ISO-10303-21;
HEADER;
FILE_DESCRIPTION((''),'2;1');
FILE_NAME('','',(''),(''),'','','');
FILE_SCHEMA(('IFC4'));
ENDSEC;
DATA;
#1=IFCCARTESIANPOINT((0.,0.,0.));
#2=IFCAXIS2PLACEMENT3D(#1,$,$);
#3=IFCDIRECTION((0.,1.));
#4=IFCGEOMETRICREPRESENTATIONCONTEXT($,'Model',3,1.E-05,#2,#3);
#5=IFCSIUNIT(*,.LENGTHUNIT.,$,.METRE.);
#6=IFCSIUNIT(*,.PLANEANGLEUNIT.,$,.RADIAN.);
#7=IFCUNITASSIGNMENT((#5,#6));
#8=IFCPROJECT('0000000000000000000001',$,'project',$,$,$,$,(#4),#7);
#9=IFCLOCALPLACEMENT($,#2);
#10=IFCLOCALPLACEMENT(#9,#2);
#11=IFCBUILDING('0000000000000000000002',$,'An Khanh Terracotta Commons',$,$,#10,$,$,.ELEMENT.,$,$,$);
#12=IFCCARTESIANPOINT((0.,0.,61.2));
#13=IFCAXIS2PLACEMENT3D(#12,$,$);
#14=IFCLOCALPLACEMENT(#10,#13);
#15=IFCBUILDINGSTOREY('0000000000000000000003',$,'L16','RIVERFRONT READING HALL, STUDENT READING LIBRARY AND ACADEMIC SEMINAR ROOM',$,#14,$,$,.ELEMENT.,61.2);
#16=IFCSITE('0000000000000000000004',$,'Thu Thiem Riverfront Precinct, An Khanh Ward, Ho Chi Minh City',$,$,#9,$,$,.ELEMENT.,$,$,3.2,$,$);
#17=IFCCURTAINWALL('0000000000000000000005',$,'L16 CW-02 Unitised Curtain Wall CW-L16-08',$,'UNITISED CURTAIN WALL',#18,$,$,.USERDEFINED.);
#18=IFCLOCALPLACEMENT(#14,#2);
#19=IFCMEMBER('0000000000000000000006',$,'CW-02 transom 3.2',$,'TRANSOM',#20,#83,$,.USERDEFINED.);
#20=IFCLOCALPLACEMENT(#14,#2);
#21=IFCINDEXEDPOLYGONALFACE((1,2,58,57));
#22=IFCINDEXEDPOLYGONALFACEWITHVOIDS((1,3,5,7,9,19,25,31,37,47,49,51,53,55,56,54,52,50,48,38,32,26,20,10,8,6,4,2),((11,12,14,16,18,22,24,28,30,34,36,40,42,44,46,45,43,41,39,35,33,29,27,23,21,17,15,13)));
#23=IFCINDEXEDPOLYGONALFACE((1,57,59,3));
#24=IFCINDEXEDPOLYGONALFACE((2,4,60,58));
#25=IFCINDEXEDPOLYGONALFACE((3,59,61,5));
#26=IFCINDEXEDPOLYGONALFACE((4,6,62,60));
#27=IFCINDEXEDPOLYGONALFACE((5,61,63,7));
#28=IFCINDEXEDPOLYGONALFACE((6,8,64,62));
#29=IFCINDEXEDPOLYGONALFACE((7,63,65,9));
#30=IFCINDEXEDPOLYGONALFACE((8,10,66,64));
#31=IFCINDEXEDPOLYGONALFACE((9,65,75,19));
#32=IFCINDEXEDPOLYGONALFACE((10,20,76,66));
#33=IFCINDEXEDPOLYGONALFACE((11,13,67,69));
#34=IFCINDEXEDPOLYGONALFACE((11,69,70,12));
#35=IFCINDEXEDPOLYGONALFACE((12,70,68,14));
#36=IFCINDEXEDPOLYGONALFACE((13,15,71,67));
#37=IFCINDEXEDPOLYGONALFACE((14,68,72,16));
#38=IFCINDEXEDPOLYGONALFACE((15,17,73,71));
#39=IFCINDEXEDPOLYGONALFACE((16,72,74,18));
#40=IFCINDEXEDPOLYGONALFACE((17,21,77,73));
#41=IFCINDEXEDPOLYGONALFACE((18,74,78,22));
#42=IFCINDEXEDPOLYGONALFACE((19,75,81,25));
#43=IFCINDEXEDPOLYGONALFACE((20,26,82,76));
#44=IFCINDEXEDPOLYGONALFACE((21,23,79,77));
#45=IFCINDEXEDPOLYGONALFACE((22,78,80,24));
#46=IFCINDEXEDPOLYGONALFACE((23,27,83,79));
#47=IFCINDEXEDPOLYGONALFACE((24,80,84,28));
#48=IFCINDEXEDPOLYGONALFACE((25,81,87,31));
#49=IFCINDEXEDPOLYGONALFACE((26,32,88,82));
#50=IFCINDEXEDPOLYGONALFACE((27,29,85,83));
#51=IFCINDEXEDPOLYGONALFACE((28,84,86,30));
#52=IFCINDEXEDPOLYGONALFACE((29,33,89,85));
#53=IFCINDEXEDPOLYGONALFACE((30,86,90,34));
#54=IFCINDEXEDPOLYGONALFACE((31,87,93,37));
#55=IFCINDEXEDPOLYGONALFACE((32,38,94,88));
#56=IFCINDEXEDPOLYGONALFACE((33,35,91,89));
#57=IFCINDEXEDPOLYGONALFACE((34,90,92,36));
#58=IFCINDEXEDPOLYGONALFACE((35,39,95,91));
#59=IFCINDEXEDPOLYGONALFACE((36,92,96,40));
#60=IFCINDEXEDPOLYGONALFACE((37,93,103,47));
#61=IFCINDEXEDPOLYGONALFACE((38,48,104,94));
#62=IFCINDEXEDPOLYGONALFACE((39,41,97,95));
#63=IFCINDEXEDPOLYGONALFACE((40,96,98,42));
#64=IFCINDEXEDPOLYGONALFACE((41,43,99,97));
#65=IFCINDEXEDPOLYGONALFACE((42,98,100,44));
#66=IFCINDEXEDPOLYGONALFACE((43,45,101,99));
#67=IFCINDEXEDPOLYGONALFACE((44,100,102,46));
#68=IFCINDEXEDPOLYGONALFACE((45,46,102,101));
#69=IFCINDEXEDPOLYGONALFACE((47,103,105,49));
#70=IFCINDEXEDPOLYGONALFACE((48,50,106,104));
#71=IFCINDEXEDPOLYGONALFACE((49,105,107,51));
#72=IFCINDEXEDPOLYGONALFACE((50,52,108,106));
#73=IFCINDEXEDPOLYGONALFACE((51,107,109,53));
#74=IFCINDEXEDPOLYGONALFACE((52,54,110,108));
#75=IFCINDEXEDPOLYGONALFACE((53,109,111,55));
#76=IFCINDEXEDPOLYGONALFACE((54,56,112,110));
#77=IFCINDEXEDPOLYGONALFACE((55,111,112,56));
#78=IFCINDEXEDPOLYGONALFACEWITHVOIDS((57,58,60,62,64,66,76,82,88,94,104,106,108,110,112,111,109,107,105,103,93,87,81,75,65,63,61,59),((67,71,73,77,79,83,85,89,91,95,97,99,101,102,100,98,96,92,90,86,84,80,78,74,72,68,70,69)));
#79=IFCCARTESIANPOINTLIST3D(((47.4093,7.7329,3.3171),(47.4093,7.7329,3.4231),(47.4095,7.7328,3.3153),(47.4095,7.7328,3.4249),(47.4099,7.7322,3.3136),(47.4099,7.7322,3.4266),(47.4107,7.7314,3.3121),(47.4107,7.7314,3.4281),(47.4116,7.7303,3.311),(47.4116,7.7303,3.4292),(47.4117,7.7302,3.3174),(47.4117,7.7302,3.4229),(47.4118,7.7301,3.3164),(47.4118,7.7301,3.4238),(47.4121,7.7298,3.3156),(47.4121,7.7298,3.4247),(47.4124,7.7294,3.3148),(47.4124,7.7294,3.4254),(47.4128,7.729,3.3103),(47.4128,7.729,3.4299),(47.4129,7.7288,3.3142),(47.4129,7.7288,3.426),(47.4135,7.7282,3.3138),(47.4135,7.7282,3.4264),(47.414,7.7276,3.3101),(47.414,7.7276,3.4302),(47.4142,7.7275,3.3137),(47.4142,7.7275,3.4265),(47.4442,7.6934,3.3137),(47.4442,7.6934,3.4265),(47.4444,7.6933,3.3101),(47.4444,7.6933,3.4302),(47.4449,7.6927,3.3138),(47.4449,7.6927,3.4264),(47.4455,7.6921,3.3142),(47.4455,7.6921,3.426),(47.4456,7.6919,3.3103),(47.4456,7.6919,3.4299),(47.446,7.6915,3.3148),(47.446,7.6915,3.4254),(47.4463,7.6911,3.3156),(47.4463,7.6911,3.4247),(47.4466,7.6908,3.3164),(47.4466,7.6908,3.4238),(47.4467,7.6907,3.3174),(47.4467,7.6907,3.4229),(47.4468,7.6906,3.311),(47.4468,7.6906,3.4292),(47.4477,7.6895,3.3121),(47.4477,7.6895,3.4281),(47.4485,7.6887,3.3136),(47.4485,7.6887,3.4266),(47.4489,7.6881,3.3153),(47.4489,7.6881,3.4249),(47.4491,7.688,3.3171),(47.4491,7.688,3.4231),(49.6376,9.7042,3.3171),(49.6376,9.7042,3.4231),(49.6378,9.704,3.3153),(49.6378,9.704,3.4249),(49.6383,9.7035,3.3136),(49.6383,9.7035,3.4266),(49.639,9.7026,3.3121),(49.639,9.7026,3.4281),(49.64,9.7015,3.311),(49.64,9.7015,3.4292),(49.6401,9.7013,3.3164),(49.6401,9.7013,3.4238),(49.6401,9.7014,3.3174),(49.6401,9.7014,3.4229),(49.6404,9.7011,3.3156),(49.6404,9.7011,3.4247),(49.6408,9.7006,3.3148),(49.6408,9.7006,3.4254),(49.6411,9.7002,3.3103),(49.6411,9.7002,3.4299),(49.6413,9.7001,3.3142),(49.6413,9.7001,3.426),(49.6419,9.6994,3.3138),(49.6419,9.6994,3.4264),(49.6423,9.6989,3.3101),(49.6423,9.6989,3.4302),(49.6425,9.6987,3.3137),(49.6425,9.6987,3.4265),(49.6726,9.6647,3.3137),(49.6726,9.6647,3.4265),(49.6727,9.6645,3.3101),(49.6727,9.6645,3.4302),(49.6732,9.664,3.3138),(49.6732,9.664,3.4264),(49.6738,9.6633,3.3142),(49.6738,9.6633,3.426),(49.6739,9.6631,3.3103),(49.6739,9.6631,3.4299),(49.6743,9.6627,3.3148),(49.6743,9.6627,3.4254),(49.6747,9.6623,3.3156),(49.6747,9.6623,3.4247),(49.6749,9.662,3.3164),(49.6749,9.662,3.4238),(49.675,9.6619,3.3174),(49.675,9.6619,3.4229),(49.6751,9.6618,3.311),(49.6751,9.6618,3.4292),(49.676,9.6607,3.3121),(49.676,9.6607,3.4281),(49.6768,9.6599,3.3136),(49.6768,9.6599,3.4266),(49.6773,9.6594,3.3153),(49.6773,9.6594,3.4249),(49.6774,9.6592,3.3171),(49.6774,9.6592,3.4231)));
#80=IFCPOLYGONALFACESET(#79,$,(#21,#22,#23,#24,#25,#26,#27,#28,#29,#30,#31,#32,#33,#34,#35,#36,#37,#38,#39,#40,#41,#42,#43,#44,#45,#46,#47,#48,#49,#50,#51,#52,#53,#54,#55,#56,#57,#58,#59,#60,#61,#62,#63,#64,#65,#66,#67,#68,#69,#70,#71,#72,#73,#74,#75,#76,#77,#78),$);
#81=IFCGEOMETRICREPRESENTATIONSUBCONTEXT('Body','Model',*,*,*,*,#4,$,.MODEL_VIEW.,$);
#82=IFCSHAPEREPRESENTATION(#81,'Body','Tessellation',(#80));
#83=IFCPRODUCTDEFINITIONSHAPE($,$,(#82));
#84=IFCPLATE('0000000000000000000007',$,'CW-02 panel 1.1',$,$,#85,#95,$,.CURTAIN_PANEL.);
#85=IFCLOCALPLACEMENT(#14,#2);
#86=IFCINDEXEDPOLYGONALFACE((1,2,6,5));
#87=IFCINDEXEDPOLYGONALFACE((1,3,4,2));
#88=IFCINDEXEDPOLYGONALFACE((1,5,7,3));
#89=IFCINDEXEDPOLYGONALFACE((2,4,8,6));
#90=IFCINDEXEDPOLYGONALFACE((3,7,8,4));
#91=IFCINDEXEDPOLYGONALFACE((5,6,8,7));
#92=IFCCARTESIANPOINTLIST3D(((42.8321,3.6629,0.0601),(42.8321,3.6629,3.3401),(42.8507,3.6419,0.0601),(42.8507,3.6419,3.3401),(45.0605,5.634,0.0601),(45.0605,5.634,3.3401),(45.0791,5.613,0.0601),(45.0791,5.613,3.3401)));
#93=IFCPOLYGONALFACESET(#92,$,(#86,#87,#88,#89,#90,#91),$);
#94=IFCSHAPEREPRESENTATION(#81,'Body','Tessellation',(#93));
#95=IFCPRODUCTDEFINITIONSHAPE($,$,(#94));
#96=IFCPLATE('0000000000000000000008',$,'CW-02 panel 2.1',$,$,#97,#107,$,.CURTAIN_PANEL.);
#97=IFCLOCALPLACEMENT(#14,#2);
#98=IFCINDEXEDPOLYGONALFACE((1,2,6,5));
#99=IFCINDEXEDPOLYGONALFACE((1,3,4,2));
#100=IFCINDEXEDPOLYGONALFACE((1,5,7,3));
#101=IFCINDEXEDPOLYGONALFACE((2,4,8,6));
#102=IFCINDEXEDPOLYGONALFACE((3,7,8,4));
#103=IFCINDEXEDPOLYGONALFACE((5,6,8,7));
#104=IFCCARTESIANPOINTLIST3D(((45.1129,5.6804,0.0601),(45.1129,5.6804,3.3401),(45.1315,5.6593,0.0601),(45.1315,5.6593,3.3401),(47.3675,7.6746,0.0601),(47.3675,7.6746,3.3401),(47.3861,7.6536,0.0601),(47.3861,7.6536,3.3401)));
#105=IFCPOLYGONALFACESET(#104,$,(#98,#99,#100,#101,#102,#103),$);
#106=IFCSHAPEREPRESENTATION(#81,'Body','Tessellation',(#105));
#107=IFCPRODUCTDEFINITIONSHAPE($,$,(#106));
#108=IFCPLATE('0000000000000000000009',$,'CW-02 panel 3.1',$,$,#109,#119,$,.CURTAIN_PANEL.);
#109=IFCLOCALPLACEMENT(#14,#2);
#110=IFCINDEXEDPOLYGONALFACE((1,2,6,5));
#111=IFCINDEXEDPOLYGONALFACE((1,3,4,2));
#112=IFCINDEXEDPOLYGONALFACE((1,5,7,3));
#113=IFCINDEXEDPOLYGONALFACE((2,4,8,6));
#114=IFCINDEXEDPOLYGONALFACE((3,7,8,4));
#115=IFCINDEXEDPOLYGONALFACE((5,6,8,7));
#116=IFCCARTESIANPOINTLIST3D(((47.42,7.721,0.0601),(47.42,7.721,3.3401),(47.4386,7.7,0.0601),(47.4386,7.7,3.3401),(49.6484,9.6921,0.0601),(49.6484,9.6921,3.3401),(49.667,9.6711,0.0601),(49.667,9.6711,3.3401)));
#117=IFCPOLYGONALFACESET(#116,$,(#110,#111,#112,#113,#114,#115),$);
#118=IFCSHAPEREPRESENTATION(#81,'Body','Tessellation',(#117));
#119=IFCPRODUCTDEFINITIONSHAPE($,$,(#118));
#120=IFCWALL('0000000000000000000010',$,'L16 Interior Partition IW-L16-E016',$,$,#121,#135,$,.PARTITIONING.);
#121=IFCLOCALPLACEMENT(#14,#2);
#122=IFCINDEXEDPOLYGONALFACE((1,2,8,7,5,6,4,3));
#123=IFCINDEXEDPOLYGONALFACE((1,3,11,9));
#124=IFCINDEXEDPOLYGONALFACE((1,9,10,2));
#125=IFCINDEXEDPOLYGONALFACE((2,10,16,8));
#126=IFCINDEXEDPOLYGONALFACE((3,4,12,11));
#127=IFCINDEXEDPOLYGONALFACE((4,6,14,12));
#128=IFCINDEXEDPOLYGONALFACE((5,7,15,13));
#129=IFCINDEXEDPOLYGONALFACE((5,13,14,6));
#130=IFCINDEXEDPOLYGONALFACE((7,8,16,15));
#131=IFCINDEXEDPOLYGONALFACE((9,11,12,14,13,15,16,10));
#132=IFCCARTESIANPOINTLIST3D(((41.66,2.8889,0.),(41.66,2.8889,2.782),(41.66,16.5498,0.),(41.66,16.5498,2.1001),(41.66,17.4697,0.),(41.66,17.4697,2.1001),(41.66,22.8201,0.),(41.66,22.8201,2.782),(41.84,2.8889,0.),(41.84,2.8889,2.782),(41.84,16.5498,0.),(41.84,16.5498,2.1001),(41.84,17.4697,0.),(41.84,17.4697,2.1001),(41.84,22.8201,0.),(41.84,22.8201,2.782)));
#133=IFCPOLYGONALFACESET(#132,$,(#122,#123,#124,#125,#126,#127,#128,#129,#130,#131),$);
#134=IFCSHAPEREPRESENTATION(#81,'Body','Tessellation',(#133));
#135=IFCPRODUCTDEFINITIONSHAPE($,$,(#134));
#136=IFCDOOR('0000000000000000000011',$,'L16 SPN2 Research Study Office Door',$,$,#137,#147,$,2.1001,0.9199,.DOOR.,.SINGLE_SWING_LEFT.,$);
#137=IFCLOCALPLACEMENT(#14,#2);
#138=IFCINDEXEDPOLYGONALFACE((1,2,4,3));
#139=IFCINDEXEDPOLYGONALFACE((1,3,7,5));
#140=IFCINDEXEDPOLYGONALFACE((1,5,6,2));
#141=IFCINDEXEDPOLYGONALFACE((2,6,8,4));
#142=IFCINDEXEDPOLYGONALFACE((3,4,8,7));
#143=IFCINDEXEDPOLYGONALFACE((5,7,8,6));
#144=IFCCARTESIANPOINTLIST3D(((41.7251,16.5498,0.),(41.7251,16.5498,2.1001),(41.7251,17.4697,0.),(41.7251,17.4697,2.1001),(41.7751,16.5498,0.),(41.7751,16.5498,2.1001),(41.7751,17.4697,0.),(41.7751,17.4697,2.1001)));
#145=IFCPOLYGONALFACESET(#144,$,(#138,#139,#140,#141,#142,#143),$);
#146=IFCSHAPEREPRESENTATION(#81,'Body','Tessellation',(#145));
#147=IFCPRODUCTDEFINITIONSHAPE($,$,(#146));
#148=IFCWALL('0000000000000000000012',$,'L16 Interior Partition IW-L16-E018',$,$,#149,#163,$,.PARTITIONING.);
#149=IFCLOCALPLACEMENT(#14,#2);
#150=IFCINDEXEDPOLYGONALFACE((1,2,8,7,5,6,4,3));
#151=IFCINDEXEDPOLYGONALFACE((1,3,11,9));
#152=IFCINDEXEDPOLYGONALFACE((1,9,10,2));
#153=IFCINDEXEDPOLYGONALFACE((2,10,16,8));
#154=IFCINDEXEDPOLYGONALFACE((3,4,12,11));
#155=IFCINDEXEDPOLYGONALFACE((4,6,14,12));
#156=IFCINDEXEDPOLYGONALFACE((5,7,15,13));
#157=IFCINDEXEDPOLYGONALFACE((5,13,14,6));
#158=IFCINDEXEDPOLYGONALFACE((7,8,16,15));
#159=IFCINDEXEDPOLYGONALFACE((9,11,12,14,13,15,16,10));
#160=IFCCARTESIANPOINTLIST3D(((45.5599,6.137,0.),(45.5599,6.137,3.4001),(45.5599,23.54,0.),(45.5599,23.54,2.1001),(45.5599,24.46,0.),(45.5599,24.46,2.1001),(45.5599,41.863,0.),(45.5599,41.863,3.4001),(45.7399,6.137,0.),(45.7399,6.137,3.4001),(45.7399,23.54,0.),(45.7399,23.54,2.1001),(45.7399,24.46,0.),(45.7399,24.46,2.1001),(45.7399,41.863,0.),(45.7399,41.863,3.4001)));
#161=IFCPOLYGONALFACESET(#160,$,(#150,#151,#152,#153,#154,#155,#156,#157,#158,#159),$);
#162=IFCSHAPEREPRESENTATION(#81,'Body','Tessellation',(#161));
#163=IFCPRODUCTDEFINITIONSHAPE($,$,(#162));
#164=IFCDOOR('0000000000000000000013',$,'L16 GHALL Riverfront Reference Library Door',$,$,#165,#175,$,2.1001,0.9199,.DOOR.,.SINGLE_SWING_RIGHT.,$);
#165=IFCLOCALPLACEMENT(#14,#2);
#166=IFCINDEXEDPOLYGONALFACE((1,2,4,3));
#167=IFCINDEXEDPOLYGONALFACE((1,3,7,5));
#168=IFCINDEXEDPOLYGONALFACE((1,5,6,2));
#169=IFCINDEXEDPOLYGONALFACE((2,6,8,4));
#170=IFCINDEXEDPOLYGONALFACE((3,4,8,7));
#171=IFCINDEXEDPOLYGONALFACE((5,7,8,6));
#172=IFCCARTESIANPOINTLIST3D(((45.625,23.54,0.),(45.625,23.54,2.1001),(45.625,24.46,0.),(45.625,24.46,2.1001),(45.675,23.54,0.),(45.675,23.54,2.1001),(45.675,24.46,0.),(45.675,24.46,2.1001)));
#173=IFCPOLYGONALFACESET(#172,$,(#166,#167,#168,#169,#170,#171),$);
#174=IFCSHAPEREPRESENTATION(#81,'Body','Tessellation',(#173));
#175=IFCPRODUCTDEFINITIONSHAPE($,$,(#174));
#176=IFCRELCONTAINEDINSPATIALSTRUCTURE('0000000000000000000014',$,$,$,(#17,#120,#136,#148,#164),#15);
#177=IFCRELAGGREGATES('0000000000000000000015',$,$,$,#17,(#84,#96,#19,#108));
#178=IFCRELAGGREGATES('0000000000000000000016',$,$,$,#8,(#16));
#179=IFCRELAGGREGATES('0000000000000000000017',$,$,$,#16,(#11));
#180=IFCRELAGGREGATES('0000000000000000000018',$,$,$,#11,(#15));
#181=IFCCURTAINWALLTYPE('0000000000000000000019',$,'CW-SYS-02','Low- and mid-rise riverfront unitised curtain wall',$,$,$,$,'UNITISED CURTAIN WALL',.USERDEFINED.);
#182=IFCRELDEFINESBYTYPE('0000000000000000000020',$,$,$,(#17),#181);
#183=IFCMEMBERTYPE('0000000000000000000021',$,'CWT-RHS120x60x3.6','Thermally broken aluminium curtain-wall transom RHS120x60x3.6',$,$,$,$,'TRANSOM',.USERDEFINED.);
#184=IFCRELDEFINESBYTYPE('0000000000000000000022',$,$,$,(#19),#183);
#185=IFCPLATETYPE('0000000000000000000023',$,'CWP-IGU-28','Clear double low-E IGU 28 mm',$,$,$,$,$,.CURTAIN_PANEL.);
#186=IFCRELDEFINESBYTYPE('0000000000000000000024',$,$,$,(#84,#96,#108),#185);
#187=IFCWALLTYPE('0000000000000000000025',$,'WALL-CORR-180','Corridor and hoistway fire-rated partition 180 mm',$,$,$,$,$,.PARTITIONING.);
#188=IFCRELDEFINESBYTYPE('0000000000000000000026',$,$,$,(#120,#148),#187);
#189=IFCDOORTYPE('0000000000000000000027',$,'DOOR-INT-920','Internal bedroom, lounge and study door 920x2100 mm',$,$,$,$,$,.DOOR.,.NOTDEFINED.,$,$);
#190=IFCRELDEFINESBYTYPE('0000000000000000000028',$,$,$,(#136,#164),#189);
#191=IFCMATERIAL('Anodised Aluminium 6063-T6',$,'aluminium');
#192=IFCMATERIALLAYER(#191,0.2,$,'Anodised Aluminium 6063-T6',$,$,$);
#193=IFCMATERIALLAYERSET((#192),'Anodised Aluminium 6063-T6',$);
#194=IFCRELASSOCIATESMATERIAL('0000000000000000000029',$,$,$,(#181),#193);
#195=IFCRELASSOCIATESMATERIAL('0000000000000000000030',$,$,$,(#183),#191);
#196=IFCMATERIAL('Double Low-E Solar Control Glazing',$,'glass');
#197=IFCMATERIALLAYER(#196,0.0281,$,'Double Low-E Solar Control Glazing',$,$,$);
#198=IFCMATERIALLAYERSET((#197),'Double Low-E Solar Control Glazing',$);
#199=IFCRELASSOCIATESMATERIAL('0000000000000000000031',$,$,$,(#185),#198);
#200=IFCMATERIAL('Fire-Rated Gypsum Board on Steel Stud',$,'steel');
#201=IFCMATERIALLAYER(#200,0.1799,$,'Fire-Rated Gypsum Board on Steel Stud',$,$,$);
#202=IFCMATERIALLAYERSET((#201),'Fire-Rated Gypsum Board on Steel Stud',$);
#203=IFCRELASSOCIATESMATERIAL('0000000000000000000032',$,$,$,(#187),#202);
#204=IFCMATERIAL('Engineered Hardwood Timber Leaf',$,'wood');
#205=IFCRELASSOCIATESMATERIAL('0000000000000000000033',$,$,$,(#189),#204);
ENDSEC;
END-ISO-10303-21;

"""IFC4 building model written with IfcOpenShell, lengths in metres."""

from ifc_helpers import new_model, si_unit, direction, frame, frame_2d, origin, origin_2d, place, context, subcontext, project, spatial, rectangle, hollow_rectangle, extrude, material, layer, layer_set, material_profile, profile_set, type_object, element, fill, aggregate, save


model = new_model("IFC4")

# Units and contexts
model_context = context("Model", 3, precision=1e-05, world=origin(), true_north=direction((0.0, 1.0)))
body_context = subcontext(model_context, "Body", "Model", "MODEL_VIEW")
ifc_project = project(units=[si_unit("LENGTHUNIT", "METRE"), si_unit("PLANEANGLEUNIT", "RADIAN")], contexts=[model_context])

# Site, building, storey
site_placement = place(None, origin())
site = spatial("IfcSite", under=ifc_project, at=site_placement, Name="Thu Thiem Riverfront Precinct, An Khanh Ward, Ho Chi Minh City", CompositionType="ELEMENT", RefElevation=3.2)
building_placement = place(site_placement, origin())
building = spatial("IfcBuilding", under=site, at=building_placement, Name="An Khanh Terracotta Commons", CompositionType="ELEMENT")
storey_placement = place(building_placement, frame((0.0, 0.0, 61.2)))
storey = spatial("IfcBuildingStorey", under=building, at=storey_placement, Name="L16", Description="RIVERFRONT READING HALL, STUDENT READING LIBRARY AND ACADEMIC SEMINAR ROOM", CompositionType="ELEMENT", Elevation=61.2)

# Curtain wall
ifc_material_1 = material(Name="Anodised Aluminium 6063-T6", Category="aluminium")
ifc_layer_1 = layer(ifc_material_1, 0.2, Name="Anodised Aluminium 6063-T6")
ifc_layer_set_1 = layer_set([ifc_layer_1], Name="Anodised Aluminium 6063-T6")
curtain_wall_type = type_object("IfcCurtainWallType", Name="CW-SYS-02", Description="Low- and mid-rise riverfront unitised curtain wall", ElementType="UNITISED CURTAIN WALL", PredefinedType="USERDEFINED", material=ifc_layer_set_1)
curtain_wall_1_placement = place(storey_placement, origin())
curtain_wall_1 = element("IfcCurtainWall", 1, at=curtain_wall_1_placement, inside=storey, type_object=curtain_wall_type, Name="L16 CW-02 Unitised Curtain Wall CW-L16-08", ObjectType="UNITISED CURTAIN WALL", PredefinedType="USERDEFINED")

# Member
ifc_material_profile_1 = material_profile(ifc_material_1, hollow_rectangle(XDim=0.0601, YDim=0.1201, WallThickness=0.0037, InnerFilletRadius=0.0037, OuterFilletRadius=0.0071, at=origin_2d()), Name="RHS120x60x3.6")
ifc_profile_set_1 = profile_set([ifc_material_profile_1], Name="Anodised Aluminium 6063-T6")
member_type_1 = type_object("IfcMemberType", Name="CWT-RHS120x60x3.6", Description="Thermally broken aluminium curtain-wall transom RHS120x60x3.6", ElementType="TRANSOM", PredefinedType="USERDEFINED", material=ifc_profile_set_1)
member_1_placement = place(storey_placement, frame((47.4292, 7.7104, 3.3701), z_axis=(0.748992, 0.662579, 0.0), x_axis=(-0.662579, 0.748992, 0.0)))
member_1 = element("IfcMember", 2, at=member_1_placement, type_object=member_type_1, Name="CW-02 transom 3.2", ObjectType="TRANSOM", PredefinedType="USERDEFINED", context=body_context, shape_type="SweptSolid", body=[
    extrude(hollow_rectangle(XDim=0.0601, YDim=0.1201, WallThickness=0.0037, InnerFilletRadius=0.0037, OuterFilletRadius=0.0071, at=origin_2d()), origin(), (0.0, 0.0, 1.0), 2.9751),
])

# Plates
ifc_material_2 = material(Name="Double Low-E Solar Control Glazing", Category="glass")
ifc_layer_2 = layer(ifc_material_2, 0.0281, Name="Double Low-E Solar Control Glazing")
ifc_layer_set_2 = layer_set([ifc_layer_2], Name="Double Low-E Solar Control Glazing")
plate_type = type_object("IfcPlateType", Name="CWP-IGU-28", Description="Clear double low-E IGU 28 mm", PredefinedType="CURTAIN_PANEL", material=ifc_layer_set_2)
plate_1_placement = place(storey_placement, frame((43.9556, 4.6379, 0.0601), z_axis=(0.0, 0.0, 1.0), x_axis=(0.749019, 0.662548, 0.0)))
plate_1 = element("IfcPlate", 3, at=plate_1_placement, type_object=plate_type, Name="CW-02 panel 1.1", PredefinedType="CURTAIN_PANEL", context=body_context, shape_type="SweptSolid", body=[
    extrude(rectangle(XDim=2.9751, YDim=0.0281, at=origin_2d()), origin(), (0.0, 0.0, 1.0), 3.28),
])
plate_2_placement = place(storey_placement, frame((46.2495, 6.667, 0.0601), z_axis=(0.0, 0.0, 1.0), x_axis=(0.749019, 0.662548, 0.0)))
plate_2 = element("IfcPlate", 4, at=plate_2_placement, type_object=plate_type, Name="CW-02 panel 2.1", PredefinedType="CURTAIN_PANEL", context=body_context, shape_type="SweptSolid", body=[
    extrude(rectangle(XDim=3.01, YDim=0.0281, at=origin_2d()), origin(), (0.0, 0.0, 1.0), 3.28),
])
plate_3_placement = place(storey_placement, frame((48.5435, 8.696, 0.0601), z_axis=(0.0, 0.0, 1.0), x_axis=(0.749019, 0.662548, 0.0)))
plate_3 = element("IfcPlate", 5, at=plate_3_placement, type_object=plate_type, Name="CW-02 panel 3.1", PredefinedType="CURTAIN_PANEL", context=body_context, shape_type="SweptSolid", body=[
    extrude(rectangle(XDim=2.9751, YDim=0.0281, at=origin_2d()), origin(), (0.0, 0.0, 1.0), 3.28),
])
aggregate(curtain_wall_1, [plate_1, plate_2, member_1, plate_3])

# Walls, openings, doors
ifc_material_3 = material(Name="Fire-Rated Gypsum Board on Steel Stud", Category="steel")
ifc_layer_3 = layer(ifc_material_3, 0.1799, Name="Fire-Rated Gypsum Board on Steel Stud")
ifc_layer_set_3 = layer_set([ifc_layer_3], Name="Fire-Rated Gypsum Board on Steel Stud")
wall_type_1 = type_object("IfcWallType", Name="WALL-CORR-180", Description="Corridor and hoistway fire-rated partition 180 mm", PredefinedType="PARTITIONING", material=ifc_layer_set_3)
wall_1_placement = place(storey_placement, frame((41.75, 2.8889, 0.0), z_axis=(0.0, 0.0, 1.0), x_axis=(0.0, 1.0, 0.0)))
wall_1 = element("IfcWall", 6, at=wall_1_placement, inside=storey, type_object=wall_type_1, Name="L16 Interior Partition IW-L16-E016", PredefinedType="PARTITIONING", context=body_context, shape_type="SweptSolid", body=[
    extrude(rectangle(XDim=19.9312, YDim=0.1799, at=frame_2d((9.9656, 0.0))), origin(), (0.0, 0.0, 1.0), 2.782),
])
opening_1_placement = place(wall_1_placement, frame((13.6609, 0.0, 0.0)))
opening_1 = element("IfcOpeningElement", 7, at=opening_1_placement, cuts=wall_1, PredefinedType="OPENING", context=body_context, shape_type="SweptSolid", body=[
    extrude(rectangle(XDim=0.9199, YDim=2.1001, at=frame_2d((0.46, 1.05))), frame((0.0, 0.0999, 0.0), z_axis=(0.0, -1.0, 0.0), x_axis=(1.0, 0.0, 0.0)), (0.0, 0.0, 1.0), 0.2),
])
ifc_material_4 = material(Name="Engineered Hardwood Timber Leaf", Category="wood")
door_type = type_object("IfcDoorType", Name="DOOR-INT-920", Description="Internal bedroom, lounge and study door 920x2100 mm", OperationType="NOTDEFINED", PredefinedType="DOOR", material=ifc_material_4)
door_1_placement = place(opening_1_placement, origin())
door_1 = element("IfcDoor", 8, at=door_1_placement, inside=storey, type_object=door_type, Name="L16 SPN2 Research Study Office Door", OperationType="SINGLE_SWING_LEFT", OverallHeight=2.1001, OverallWidth=0.9199, PredefinedType="DOOR", context=body_context, shape_type="SweptSolid", body=[
    extrude(rectangle(XDim=0.9199, YDim=2.1001, at=frame_2d((0.46, 1.05))), frame((0.0, 0.0249, 0.0), z_axis=(0.0, -1.0, 0.0), x_axis=(1.0, 0.0, 0.0)), (0.0, 0.0, 1.0), 0.05),
])
fill(opening_1, door_1)
wall_2_placement = place(storey_placement, frame((45.6499, 6.137, 0.0), z_axis=(0.0, 0.0, 1.0), x_axis=(0.0, 1.0, 0.0)))
wall_2 = element("IfcWall", 9, at=wall_2_placement, inside=storey, type_object=wall_type_1, Name="L16 Interior Partition IW-L16-E018", PredefinedType="PARTITIONING", context=body_context, shape_type="SweptSolid", body=[
    extrude(rectangle(XDim=35.7261, YDim=0.1799, at=frame_2d((17.863, 0.0))), origin(), (0.0, 0.0, 1.0), 3.4001),
])
opening_2_placement = place(wall_2_placement, frame((17.4031, 0.0, 0.0)))
opening_2 = element("IfcOpeningElement", 10, at=opening_2_placement, cuts=wall_2, PredefinedType="OPENING", context=body_context, shape_type="SweptSolid", body=[
    extrude(rectangle(XDim=0.9199, YDim=2.1001, at=frame_2d((0.46, 1.05))), frame((0.0, 0.0999, 0.0), z_axis=(0.0, -1.0, 0.0), x_axis=(1.0, 0.0, 0.0)), (0.0, 0.0, 1.0), 0.2),
])
door_2_placement = place(opening_2_placement, origin())
door_2 = element("IfcDoor", 11, at=door_2_placement, inside=storey, type_object=door_type, Name="L16 GHALL Riverfront Reference Library Door", OperationType="SINGLE_SWING_RIGHT", OverallHeight=2.1001, OverallWidth=0.9199, PredefinedType="DOOR", context=body_context, shape_type="SweptSolid", body=[
    extrude(rectangle(XDim=0.9199, YDim=2.1001, at=frame_2d((0.46, 1.05))), frame((0.0, 0.0249, 0.0), z_axis=(0.0, -1.0, 0.0), x_axis=(1.0, 0.0, 0.0)), (0.0, 0.0, 1.0), 0.05),
])
fill(opening_2, door_2)

save(model, "model.ifc")
